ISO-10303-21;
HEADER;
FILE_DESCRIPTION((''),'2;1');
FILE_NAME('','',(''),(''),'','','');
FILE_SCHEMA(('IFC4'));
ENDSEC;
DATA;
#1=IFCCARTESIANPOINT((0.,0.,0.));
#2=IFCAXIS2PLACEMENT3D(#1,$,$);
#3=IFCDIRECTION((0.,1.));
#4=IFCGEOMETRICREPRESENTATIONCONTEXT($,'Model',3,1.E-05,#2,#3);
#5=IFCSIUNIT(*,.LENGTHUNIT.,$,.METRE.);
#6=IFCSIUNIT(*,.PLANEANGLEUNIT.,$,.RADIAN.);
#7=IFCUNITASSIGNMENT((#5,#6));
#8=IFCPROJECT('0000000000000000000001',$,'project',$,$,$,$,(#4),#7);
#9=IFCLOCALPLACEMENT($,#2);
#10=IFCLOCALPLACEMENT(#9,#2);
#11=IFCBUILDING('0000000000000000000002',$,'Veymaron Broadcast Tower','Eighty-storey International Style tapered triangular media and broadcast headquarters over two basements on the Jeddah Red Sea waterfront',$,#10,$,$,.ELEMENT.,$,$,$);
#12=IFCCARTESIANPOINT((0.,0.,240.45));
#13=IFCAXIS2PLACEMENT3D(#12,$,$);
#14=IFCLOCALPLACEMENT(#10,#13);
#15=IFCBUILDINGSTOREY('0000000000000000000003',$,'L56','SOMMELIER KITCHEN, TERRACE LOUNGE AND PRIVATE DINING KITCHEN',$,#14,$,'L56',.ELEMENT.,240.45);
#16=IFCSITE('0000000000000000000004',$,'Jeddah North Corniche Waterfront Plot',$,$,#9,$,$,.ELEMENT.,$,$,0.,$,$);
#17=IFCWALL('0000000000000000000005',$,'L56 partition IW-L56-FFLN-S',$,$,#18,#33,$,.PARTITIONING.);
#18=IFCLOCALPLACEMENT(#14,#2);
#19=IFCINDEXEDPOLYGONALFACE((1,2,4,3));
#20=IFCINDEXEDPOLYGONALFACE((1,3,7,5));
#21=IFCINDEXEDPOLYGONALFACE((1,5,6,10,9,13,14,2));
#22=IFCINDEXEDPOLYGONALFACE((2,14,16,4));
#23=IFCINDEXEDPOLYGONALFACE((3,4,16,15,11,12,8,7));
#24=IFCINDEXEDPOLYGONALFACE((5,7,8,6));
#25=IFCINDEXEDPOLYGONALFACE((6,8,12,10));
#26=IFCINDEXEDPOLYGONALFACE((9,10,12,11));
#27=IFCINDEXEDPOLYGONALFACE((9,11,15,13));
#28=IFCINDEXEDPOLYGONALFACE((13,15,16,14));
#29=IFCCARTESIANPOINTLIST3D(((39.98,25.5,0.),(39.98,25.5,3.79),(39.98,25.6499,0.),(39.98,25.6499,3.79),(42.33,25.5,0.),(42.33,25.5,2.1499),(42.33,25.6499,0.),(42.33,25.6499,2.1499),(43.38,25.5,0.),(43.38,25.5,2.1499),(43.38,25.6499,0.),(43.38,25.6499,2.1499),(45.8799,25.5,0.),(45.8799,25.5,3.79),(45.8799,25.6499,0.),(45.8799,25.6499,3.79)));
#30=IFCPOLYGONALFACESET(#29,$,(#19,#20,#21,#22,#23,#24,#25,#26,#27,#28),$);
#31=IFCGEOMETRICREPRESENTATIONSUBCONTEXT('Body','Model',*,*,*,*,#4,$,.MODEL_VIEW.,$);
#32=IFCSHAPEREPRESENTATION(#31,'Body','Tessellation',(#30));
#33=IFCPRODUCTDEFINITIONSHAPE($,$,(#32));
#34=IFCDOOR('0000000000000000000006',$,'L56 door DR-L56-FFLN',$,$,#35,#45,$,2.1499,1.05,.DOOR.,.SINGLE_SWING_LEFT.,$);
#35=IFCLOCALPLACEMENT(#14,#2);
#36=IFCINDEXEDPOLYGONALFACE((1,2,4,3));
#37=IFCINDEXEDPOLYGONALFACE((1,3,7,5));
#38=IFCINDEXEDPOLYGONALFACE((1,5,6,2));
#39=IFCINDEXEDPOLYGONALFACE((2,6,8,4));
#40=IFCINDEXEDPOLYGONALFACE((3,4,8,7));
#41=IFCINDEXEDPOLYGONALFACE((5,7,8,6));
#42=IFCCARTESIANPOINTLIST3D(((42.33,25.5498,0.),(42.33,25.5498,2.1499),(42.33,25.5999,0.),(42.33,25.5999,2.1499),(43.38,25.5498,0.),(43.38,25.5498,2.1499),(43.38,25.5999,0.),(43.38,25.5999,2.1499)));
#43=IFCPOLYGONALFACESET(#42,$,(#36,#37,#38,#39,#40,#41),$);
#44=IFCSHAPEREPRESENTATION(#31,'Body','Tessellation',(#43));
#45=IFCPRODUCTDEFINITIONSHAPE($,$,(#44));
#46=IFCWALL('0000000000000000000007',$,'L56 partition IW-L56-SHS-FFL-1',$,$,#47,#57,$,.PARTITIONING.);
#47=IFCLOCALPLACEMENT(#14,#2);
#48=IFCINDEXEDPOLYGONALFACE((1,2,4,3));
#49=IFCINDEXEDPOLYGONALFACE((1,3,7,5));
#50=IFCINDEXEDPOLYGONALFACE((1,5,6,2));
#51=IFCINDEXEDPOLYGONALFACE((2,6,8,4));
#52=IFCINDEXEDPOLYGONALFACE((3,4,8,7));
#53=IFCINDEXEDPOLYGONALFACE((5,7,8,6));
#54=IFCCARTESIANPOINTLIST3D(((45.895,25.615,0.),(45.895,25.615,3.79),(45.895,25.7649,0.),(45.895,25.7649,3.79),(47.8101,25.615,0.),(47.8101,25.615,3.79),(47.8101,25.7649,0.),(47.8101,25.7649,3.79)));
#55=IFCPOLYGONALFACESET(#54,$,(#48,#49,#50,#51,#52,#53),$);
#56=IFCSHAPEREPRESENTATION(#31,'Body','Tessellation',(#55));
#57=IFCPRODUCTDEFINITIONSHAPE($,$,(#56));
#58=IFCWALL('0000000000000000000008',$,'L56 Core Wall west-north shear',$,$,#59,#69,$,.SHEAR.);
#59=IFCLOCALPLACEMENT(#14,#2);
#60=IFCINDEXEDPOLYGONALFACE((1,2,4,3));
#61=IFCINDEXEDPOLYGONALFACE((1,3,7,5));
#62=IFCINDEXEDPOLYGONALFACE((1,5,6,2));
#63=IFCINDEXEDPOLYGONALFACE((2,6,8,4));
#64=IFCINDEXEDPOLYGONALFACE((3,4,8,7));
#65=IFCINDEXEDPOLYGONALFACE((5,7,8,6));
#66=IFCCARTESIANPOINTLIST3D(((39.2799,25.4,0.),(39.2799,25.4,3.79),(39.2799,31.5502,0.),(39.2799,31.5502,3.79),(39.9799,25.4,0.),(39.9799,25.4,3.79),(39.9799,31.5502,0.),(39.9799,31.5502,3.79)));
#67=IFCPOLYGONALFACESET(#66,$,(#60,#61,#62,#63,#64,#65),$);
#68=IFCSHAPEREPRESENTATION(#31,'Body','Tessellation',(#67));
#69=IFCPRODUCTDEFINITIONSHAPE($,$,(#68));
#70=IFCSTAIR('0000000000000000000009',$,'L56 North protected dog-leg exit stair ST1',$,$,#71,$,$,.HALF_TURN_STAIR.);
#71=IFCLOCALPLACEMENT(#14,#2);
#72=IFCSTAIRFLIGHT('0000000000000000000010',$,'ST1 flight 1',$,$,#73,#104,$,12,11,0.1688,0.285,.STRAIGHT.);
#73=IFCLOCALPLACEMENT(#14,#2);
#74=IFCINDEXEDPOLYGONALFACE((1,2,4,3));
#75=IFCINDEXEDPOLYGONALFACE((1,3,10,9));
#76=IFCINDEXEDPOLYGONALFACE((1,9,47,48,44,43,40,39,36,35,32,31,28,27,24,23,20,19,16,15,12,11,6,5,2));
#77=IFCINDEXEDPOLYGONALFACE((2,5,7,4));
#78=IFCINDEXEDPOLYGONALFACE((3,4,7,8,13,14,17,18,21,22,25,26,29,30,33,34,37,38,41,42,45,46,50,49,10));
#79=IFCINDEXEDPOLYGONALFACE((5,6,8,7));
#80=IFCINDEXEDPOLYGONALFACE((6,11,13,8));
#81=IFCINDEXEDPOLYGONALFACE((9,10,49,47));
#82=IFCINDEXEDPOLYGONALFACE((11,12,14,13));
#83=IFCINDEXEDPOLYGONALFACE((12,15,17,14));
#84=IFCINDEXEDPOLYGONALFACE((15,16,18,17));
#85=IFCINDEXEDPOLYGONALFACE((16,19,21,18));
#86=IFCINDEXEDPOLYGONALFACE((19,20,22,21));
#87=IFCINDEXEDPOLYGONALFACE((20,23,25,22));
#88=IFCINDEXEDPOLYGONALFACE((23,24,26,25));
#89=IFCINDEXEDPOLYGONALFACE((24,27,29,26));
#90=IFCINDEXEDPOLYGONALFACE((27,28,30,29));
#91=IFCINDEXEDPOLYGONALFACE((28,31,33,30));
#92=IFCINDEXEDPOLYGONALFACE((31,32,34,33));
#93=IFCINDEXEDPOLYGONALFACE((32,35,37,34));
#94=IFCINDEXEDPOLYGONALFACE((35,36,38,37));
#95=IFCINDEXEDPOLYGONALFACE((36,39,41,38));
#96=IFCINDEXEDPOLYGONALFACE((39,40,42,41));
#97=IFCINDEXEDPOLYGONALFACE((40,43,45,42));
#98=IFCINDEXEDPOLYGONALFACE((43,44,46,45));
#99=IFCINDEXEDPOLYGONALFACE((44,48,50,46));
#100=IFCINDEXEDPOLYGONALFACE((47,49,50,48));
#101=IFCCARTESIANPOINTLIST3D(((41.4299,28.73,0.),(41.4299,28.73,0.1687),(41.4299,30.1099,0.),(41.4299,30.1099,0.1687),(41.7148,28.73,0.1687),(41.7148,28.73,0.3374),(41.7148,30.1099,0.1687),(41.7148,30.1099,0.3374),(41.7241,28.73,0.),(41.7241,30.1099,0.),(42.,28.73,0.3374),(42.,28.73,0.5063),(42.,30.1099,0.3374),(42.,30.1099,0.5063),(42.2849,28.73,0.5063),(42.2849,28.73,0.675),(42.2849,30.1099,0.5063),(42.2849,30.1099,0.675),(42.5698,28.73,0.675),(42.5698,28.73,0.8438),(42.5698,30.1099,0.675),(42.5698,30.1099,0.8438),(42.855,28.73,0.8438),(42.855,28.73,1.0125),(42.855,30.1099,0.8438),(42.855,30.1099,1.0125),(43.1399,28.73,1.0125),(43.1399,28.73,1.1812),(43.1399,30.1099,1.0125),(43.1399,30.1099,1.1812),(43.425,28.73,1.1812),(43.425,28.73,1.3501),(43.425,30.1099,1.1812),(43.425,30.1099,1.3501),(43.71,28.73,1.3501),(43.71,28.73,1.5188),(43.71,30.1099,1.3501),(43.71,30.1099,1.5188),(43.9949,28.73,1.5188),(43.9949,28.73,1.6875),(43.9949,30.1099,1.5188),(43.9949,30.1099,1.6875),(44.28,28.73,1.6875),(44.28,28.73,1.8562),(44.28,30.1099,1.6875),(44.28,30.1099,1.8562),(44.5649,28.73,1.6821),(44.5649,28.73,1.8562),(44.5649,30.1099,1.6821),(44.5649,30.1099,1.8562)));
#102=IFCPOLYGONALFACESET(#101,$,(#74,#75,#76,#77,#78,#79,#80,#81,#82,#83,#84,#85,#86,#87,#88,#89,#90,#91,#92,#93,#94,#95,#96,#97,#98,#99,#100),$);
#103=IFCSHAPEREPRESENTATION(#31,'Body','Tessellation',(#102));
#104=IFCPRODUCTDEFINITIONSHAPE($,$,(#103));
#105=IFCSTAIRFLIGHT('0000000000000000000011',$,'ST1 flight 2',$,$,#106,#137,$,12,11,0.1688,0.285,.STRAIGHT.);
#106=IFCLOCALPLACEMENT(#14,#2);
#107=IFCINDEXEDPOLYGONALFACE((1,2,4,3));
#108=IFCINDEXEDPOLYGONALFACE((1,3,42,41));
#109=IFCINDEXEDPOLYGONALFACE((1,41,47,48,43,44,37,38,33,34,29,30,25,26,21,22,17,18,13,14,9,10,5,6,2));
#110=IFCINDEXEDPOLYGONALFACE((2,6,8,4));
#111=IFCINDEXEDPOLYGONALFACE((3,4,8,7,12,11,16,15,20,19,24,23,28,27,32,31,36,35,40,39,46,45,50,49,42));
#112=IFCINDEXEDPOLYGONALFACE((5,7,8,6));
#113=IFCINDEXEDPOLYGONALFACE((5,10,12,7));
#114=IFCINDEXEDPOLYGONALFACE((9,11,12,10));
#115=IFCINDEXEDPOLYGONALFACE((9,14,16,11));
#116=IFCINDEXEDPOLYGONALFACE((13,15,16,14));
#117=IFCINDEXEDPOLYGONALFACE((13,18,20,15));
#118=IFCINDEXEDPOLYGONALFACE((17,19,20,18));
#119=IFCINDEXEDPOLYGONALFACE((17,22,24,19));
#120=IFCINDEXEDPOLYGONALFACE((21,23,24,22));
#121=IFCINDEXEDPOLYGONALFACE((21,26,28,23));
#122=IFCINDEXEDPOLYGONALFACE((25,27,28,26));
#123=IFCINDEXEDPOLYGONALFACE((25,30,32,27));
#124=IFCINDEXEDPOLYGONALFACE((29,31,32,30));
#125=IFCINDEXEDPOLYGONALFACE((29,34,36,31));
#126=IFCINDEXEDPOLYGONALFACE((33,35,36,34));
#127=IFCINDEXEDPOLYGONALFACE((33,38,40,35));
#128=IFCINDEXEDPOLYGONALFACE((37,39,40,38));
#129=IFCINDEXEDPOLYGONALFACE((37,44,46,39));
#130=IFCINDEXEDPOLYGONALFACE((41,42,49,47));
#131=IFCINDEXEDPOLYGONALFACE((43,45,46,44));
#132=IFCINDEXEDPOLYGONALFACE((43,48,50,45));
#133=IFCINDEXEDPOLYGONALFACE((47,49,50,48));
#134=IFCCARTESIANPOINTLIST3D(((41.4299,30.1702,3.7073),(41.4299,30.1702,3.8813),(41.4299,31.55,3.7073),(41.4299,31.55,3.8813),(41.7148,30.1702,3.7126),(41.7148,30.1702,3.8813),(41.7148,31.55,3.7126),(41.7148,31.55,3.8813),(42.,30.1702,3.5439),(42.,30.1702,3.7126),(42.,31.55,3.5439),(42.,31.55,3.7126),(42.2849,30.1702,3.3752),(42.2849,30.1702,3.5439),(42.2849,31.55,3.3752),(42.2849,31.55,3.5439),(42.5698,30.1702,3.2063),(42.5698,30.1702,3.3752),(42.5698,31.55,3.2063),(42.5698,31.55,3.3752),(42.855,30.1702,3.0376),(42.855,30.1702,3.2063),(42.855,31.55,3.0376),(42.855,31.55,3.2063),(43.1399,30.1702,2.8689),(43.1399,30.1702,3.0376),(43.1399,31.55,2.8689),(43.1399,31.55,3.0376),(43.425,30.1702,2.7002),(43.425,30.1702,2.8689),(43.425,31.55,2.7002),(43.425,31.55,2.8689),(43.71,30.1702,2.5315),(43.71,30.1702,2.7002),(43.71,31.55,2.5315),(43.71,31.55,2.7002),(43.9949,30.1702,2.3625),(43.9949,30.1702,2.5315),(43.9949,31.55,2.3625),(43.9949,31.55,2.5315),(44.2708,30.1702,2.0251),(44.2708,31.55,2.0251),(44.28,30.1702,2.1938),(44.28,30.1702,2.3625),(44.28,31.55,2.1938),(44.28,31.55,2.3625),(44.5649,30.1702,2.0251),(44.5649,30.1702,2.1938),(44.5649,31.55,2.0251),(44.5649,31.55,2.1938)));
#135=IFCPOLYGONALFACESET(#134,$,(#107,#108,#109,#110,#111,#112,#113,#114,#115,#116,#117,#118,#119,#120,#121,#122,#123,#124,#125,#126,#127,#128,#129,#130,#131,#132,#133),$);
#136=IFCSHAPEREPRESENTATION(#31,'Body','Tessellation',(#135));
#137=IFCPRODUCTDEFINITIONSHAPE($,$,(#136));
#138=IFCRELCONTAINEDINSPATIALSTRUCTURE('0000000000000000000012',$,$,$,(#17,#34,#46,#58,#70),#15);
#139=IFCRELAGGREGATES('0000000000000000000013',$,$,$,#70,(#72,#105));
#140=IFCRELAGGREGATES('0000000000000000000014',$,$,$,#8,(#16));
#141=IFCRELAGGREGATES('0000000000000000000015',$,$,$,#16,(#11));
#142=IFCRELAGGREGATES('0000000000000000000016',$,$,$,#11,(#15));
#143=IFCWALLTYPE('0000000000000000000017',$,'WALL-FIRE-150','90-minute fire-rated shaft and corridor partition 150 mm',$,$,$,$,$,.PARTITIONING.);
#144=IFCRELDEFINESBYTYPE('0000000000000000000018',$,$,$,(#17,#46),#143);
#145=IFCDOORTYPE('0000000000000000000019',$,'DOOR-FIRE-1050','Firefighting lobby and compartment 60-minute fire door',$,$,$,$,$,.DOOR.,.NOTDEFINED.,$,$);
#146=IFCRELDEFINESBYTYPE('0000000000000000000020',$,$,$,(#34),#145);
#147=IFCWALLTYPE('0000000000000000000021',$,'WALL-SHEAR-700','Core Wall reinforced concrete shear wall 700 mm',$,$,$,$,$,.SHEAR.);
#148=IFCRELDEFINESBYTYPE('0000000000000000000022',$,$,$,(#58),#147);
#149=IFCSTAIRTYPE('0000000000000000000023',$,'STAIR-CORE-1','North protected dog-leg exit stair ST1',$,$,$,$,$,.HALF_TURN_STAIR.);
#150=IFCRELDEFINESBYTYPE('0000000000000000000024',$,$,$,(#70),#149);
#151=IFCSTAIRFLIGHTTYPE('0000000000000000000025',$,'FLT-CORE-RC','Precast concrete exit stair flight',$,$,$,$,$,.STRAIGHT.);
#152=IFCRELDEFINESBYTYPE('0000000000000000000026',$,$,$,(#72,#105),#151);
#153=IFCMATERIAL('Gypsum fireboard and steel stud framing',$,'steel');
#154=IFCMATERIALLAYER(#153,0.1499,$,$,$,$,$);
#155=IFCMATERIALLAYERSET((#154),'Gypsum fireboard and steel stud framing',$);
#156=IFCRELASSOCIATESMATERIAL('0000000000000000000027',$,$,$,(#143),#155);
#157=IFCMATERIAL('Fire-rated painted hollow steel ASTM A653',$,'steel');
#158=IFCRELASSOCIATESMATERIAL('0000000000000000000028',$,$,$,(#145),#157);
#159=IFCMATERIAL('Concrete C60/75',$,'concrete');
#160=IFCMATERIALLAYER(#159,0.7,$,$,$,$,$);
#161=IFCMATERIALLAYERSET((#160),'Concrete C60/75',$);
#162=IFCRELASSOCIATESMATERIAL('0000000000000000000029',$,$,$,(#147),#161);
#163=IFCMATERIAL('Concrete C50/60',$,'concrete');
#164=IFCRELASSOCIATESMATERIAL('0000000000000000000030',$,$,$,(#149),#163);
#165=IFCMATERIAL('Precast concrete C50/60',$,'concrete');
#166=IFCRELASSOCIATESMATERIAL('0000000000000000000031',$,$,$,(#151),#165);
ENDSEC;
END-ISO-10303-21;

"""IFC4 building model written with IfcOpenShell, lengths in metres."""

from ifc_helpers import new_model, si_unit, direction, frame, frame_2d, origin, place, context, subcontext, project, spatial, polyline, rectangle, outline, extrude, material, layer, layer_set, type_object, element, fill, aggregate, save


model = new_model("IFC4")

# Units and contexts
model_context = context("Model", 3, precision=1e-05, world=origin(), true_north=direction((0.0, 1.0)))
body_context = subcontext(model_context, "Body", "Model", "MODEL_VIEW")
ifc_project = project(units=[si_unit("LENGTHUNIT", "METRE"), si_unit("PLANEANGLEUNIT", "RADIAN")], contexts=[model_context])

# Site, building, storey
site_placement = place(None, origin())
site = spatial("IfcSite", under=ifc_project, at=site_placement, Name="Jeddah North Corniche Waterfront Plot", CompositionType="ELEMENT", RefElevation=0.0)
building_placement = place(site_placement, origin())
building = spatial("IfcBuilding", under=site, at=building_placement, Name="Veymaron Broadcast Tower", Description="Eighty-storey International Style tapered triangular media and broadcast headquarters over two basements on the Jeddah Red Sea waterfront", CompositionType="ELEMENT")
storey_placement = place(building_placement, frame((0.0, 0.0, 240.45)))
storey = spatial("IfcBuildingStorey", under=building, at=storey_placement, Name="L56", Description="SOMMELIER KITCHEN, TERRACE LOUNGE AND PRIVATE DINING KITCHEN", LongName="L56", CompositionType="ELEMENT", Elevation=240.45)

# Wall, opening, door
ifc_material_1 = material(Name="Gypsum fireboard and steel stud framing", Category="steel")
ifc_layer_1 = layer(ifc_material_1, 0.1499)
ifc_layer_set_1 = layer_set([ifc_layer_1], Name="Gypsum fireboard and steel stud framing")
wall_type_1 = type_object("IfcWallType", Name="WALL-FIRE-150", Description="90-minute fire-rated shaft and corridor partition 150 mm", PredefinedType="PARTITIONING", material=ifc_layer_set_1)
wall_1_placement = place(storey_placement, frame((39.98, 25.575, 0.0), z_axis=(0.0, 0.0, 1.0), x_axis=(1.0, 0.0, 0.0)))
wall_1 = element("IfcWall", 1, at=wall_1_placement, inside=storey, type_object=wall_type_1, Name="L56 partition IW-L56-FFLN-S", PredefinedType="PARTITIONING", context=body_context, shape_type="SweptSolid", body=[
    extrude(rectangle(XDim=5.8999, YDim=0.1499, at=frame_2d((2.95, 0.0))), origin(), (0.0, 0.0, 1.0), 3.79),
])
opening_1_placement = place(wall_1_placement, frame((2.3501, 0.0, 0.0)))
opening_1 = element("IfcOpeningElement", 2, at=opening_1_placement, cuts=wall_1, PredefinedType="OPENING", context=body_context, shape_type="SweptSolid", body=[
    extrude(rectangle(XDim=1.05, YDim=2.1499, at=frame_2d((0.5249, 1.075))), frame((0.0, 0.085, 0.0), z_axis=(0.0, -1.0, 0.0), x_axis=(1.0, 0.0, 0.0)), (0.0, 0.0, 1.0), 0.1699),
])
ifc_material_2 = material(Name="Fire-rated painted hollow steel ASTM A653", Category="steel")
door_type_1 = type_object("IfcDoorType", Name="DOOR-FIRE-1050", Description="Firefighting lobby and compartment 60-minute fire door", OperationType="NOTDEFINED", PredefinedType="DOOR", material=ifc_material_2)
door_1_placement = place(opening_1_placement, origin())
door_1 = element("IfcDoor", 3, at=door_1_placement, inside=storey, type_object=door_type_1, Name="L56 door DR-L56-FFLN", OperationType="SINGLE_SWING_LEFT", OverallHeight=2.1499, OverallWidth=1.05, PredefinedType="DOOR", context=body_context, shape_type="SweptSolid", body=[
    extrude(rectangle(XDim=1.05, YDim=2.1499, at=frame_2d((0.5249, 1.075))), frame((0.0, 0.0249, 0.0), z_axis=(0.0, -1.0, 0.0), x_axis=(1.0, 0.0, 0.0)), (0.0, 0.0, 1.0), 0.05),
])
fill(opening_1, door_1)

# Wall
wall_2_placement = place(storey_placement, frame((45.895, 25.6899, 0.0), z_axis=(0.0, 0.0, 1.0), x_axis=(1.0, 0.0, 0.0)))
element("IfcWall", 4, at=wall_2_placement, inside=storey, type_object=wall_type_1, Name="L56 partition IW-L56-SHS-FFL-1", PredefinedType="PARTITIONING", context=body_context, shape_type="SweptSolid", body=[
    extrude(rectangle(XDim=1.915, YDim=0.1499, at=frame_2d((0.9575, 0.0))), origin(), (0.0, 0.0, 1.0), 3.79),
])

# Shared definitions
ifc_material_3 = material(Name="Concrete C50/60", Category="concrete")

# Wall
ifc_material_4 = material(Name="Concrete C60/75", Category="concrete")
ifc_layer_2 = layer(ifc_material_4, 0.7)
ifc_layer_set_2 = layer_set([ifc_layer_2], Name="Concrete C60/75")
wall_type_2 = type_object("IfcWallType", Name="WALL-SHEAR-700", Description="Core Wall reinforced concrete shear wall 700 mm", PredefinedType="SHEAR", material=ifc_layer_set_2)
wall_3_placement = place(storey_placement, frame((39.6299, 25.3999, 0.0), z_axis=(0.0, 0.0, 1.0), x_axis=(0.0, 1.0, 0.0)))
element("IfcWall", 5, at=wall_3_placement, inside=storey, type_object=wall_type_2, Name="L56 Core Wall west-north shear", PredefinedType="SHEAR", context=body_context, shape_type="SweptSolid", body=[
    extrude(rectangle(XDim=6.1501, YDim=0.7, at=frame_2d((3.0752, 0.0))), origin(), (0.0, 0.0, 1.0), 3.79),
])

# Stair, stair flights
stair_type = type_object("IfcStairType", Name="STAIR-CORE-1", Description="North protected dog-leg exit stair ST1", PredefinedType="HALF_TURN_STAIR", material=ifc_material_3)
stair_placement = place(storey_placement, origin())
stair = element("IfcStair", 6, at=stair_placement, inside=storey, type_object=stair_type, Name="L56 North protected dog-leg exit stair ST1", PredefinedType="HALF_TURN_STAIR")
ifc_material_5 = material(Name="Precast concrete C50/60", Category="concrete")
stair_flight_type = type_object("IfcStairFlightType", Name="FLT-CORE-RC", Description="Precast concrete exit stair flight", PredefinedType="STRAIGHT", material=ifc_material_5)
stair_flight_1_placement = place(storey_placement, frame((41.4299, 29.4199, 0.0), z_axis=(0.0, 0.0, 1.0), x_axis=(1.0, 0.0, 0.0)))
stair_flight_1 = element("IfcStairFlight", 7, at=stair_flight_1_placement, type_object=stair_flight_type, Name="ST1 flight 1", NumberOfRisers=12, NumberOfTreads=11, PredefinedType="STRAIGHT", RiserHeight=0.1688, TreadLength=0.285, context=body_context, shape_type="SweptSolid", body=[
    extrude(outline(polyline([(0.0, 0.0), (0.0, 0.1687), (0.2849, 0.1687), (0.2849, 0.3374), (0.5701, 0.3374), (0.5701, 0.5063), (0.855, 0.5063), (0.855, 0.675), (1.1399, 0.675), (1.1399, 0.8438), (1.425, 0.8438), (1.425, 1.0125), (1.71, 1.0125), (1.71, 1.1812), (1.9951, 1.1812), (1.9951, 1.3501), (2.28, 1.3501), (2.28, 1.5188), (2.5649, 1.5188), (2.5649, 1.6875), (2.8501, 1.6875), (2.8501, 1.8562), (3.135, 1.8562), (3.135, 2.0249), (3.135, 1.6821), (0.2942, 0.0), (0.0, 0.0)])), frame((0.0, 0.6899, 0.0), z_axis=(0.0, -1.0, 0.0), x_axis=(1.0, 0.0, 0.0)), (0.0, 0.0, 1.0), 1.3799),
])
stair_flight_2_placement = place(storey_placement, frame((44.5649, 30.8601, 2.0251), z_axis=(0.0, 0.0, 1.0), x_axis=(-1.0, 0.0, 0.0)))
stair_flight_2 = element("IfcStairFlight", 8, at=stair_flight_2_placement, type_object=stair_flight_type, Name="ST1 flight 2", NumberOfRisers=12, NumberOfTreads=11, PredefinedType="STRAIGHT", RiserHeight=0.1688, TreadLength=0.285, context=body_context, shape_type="SweptSolid", body=[
    extrude(outline(polyline([(0.0, 0.0), (0.0, 0.1687), (0.2849, 0.1687), (0.2849, 0.3374), (0.5701, 0.3374), (0.5701, 0.5063), (0.855, 0.5063), (0.855, 0.675), (1.1399, 0.675), (1.1399, 0.8438), (1.425, 0.8438), (1.425, 1.0125), (1.71, 1.0125), (1.71, 1.1812), (1.9951, 1.1812), (1.9951, 1.3501), (2.28, 1.3501), (2.28, 1.5188), (2.5649, 1.5188), (2.5649, 1.6875), (2.8501, 1.6875), (2.8501, 1.8562), (3.135, 1.8562), (3.135, 2.0249), (3.135, 1.6821), (0.2942, 0.0), (0.0, 0.0)])), frame((0.0, 0.6899, 0.0), z_axis=(0.0, -1.0, 0.0), x_axis=(1.0, 0.0, 0.0)), (0.0, 0.0, 1.0), 1.3799),
])
aggregate(stair, [stair_flight_1, stair_flight_2])

save(model, "model.ifc")
